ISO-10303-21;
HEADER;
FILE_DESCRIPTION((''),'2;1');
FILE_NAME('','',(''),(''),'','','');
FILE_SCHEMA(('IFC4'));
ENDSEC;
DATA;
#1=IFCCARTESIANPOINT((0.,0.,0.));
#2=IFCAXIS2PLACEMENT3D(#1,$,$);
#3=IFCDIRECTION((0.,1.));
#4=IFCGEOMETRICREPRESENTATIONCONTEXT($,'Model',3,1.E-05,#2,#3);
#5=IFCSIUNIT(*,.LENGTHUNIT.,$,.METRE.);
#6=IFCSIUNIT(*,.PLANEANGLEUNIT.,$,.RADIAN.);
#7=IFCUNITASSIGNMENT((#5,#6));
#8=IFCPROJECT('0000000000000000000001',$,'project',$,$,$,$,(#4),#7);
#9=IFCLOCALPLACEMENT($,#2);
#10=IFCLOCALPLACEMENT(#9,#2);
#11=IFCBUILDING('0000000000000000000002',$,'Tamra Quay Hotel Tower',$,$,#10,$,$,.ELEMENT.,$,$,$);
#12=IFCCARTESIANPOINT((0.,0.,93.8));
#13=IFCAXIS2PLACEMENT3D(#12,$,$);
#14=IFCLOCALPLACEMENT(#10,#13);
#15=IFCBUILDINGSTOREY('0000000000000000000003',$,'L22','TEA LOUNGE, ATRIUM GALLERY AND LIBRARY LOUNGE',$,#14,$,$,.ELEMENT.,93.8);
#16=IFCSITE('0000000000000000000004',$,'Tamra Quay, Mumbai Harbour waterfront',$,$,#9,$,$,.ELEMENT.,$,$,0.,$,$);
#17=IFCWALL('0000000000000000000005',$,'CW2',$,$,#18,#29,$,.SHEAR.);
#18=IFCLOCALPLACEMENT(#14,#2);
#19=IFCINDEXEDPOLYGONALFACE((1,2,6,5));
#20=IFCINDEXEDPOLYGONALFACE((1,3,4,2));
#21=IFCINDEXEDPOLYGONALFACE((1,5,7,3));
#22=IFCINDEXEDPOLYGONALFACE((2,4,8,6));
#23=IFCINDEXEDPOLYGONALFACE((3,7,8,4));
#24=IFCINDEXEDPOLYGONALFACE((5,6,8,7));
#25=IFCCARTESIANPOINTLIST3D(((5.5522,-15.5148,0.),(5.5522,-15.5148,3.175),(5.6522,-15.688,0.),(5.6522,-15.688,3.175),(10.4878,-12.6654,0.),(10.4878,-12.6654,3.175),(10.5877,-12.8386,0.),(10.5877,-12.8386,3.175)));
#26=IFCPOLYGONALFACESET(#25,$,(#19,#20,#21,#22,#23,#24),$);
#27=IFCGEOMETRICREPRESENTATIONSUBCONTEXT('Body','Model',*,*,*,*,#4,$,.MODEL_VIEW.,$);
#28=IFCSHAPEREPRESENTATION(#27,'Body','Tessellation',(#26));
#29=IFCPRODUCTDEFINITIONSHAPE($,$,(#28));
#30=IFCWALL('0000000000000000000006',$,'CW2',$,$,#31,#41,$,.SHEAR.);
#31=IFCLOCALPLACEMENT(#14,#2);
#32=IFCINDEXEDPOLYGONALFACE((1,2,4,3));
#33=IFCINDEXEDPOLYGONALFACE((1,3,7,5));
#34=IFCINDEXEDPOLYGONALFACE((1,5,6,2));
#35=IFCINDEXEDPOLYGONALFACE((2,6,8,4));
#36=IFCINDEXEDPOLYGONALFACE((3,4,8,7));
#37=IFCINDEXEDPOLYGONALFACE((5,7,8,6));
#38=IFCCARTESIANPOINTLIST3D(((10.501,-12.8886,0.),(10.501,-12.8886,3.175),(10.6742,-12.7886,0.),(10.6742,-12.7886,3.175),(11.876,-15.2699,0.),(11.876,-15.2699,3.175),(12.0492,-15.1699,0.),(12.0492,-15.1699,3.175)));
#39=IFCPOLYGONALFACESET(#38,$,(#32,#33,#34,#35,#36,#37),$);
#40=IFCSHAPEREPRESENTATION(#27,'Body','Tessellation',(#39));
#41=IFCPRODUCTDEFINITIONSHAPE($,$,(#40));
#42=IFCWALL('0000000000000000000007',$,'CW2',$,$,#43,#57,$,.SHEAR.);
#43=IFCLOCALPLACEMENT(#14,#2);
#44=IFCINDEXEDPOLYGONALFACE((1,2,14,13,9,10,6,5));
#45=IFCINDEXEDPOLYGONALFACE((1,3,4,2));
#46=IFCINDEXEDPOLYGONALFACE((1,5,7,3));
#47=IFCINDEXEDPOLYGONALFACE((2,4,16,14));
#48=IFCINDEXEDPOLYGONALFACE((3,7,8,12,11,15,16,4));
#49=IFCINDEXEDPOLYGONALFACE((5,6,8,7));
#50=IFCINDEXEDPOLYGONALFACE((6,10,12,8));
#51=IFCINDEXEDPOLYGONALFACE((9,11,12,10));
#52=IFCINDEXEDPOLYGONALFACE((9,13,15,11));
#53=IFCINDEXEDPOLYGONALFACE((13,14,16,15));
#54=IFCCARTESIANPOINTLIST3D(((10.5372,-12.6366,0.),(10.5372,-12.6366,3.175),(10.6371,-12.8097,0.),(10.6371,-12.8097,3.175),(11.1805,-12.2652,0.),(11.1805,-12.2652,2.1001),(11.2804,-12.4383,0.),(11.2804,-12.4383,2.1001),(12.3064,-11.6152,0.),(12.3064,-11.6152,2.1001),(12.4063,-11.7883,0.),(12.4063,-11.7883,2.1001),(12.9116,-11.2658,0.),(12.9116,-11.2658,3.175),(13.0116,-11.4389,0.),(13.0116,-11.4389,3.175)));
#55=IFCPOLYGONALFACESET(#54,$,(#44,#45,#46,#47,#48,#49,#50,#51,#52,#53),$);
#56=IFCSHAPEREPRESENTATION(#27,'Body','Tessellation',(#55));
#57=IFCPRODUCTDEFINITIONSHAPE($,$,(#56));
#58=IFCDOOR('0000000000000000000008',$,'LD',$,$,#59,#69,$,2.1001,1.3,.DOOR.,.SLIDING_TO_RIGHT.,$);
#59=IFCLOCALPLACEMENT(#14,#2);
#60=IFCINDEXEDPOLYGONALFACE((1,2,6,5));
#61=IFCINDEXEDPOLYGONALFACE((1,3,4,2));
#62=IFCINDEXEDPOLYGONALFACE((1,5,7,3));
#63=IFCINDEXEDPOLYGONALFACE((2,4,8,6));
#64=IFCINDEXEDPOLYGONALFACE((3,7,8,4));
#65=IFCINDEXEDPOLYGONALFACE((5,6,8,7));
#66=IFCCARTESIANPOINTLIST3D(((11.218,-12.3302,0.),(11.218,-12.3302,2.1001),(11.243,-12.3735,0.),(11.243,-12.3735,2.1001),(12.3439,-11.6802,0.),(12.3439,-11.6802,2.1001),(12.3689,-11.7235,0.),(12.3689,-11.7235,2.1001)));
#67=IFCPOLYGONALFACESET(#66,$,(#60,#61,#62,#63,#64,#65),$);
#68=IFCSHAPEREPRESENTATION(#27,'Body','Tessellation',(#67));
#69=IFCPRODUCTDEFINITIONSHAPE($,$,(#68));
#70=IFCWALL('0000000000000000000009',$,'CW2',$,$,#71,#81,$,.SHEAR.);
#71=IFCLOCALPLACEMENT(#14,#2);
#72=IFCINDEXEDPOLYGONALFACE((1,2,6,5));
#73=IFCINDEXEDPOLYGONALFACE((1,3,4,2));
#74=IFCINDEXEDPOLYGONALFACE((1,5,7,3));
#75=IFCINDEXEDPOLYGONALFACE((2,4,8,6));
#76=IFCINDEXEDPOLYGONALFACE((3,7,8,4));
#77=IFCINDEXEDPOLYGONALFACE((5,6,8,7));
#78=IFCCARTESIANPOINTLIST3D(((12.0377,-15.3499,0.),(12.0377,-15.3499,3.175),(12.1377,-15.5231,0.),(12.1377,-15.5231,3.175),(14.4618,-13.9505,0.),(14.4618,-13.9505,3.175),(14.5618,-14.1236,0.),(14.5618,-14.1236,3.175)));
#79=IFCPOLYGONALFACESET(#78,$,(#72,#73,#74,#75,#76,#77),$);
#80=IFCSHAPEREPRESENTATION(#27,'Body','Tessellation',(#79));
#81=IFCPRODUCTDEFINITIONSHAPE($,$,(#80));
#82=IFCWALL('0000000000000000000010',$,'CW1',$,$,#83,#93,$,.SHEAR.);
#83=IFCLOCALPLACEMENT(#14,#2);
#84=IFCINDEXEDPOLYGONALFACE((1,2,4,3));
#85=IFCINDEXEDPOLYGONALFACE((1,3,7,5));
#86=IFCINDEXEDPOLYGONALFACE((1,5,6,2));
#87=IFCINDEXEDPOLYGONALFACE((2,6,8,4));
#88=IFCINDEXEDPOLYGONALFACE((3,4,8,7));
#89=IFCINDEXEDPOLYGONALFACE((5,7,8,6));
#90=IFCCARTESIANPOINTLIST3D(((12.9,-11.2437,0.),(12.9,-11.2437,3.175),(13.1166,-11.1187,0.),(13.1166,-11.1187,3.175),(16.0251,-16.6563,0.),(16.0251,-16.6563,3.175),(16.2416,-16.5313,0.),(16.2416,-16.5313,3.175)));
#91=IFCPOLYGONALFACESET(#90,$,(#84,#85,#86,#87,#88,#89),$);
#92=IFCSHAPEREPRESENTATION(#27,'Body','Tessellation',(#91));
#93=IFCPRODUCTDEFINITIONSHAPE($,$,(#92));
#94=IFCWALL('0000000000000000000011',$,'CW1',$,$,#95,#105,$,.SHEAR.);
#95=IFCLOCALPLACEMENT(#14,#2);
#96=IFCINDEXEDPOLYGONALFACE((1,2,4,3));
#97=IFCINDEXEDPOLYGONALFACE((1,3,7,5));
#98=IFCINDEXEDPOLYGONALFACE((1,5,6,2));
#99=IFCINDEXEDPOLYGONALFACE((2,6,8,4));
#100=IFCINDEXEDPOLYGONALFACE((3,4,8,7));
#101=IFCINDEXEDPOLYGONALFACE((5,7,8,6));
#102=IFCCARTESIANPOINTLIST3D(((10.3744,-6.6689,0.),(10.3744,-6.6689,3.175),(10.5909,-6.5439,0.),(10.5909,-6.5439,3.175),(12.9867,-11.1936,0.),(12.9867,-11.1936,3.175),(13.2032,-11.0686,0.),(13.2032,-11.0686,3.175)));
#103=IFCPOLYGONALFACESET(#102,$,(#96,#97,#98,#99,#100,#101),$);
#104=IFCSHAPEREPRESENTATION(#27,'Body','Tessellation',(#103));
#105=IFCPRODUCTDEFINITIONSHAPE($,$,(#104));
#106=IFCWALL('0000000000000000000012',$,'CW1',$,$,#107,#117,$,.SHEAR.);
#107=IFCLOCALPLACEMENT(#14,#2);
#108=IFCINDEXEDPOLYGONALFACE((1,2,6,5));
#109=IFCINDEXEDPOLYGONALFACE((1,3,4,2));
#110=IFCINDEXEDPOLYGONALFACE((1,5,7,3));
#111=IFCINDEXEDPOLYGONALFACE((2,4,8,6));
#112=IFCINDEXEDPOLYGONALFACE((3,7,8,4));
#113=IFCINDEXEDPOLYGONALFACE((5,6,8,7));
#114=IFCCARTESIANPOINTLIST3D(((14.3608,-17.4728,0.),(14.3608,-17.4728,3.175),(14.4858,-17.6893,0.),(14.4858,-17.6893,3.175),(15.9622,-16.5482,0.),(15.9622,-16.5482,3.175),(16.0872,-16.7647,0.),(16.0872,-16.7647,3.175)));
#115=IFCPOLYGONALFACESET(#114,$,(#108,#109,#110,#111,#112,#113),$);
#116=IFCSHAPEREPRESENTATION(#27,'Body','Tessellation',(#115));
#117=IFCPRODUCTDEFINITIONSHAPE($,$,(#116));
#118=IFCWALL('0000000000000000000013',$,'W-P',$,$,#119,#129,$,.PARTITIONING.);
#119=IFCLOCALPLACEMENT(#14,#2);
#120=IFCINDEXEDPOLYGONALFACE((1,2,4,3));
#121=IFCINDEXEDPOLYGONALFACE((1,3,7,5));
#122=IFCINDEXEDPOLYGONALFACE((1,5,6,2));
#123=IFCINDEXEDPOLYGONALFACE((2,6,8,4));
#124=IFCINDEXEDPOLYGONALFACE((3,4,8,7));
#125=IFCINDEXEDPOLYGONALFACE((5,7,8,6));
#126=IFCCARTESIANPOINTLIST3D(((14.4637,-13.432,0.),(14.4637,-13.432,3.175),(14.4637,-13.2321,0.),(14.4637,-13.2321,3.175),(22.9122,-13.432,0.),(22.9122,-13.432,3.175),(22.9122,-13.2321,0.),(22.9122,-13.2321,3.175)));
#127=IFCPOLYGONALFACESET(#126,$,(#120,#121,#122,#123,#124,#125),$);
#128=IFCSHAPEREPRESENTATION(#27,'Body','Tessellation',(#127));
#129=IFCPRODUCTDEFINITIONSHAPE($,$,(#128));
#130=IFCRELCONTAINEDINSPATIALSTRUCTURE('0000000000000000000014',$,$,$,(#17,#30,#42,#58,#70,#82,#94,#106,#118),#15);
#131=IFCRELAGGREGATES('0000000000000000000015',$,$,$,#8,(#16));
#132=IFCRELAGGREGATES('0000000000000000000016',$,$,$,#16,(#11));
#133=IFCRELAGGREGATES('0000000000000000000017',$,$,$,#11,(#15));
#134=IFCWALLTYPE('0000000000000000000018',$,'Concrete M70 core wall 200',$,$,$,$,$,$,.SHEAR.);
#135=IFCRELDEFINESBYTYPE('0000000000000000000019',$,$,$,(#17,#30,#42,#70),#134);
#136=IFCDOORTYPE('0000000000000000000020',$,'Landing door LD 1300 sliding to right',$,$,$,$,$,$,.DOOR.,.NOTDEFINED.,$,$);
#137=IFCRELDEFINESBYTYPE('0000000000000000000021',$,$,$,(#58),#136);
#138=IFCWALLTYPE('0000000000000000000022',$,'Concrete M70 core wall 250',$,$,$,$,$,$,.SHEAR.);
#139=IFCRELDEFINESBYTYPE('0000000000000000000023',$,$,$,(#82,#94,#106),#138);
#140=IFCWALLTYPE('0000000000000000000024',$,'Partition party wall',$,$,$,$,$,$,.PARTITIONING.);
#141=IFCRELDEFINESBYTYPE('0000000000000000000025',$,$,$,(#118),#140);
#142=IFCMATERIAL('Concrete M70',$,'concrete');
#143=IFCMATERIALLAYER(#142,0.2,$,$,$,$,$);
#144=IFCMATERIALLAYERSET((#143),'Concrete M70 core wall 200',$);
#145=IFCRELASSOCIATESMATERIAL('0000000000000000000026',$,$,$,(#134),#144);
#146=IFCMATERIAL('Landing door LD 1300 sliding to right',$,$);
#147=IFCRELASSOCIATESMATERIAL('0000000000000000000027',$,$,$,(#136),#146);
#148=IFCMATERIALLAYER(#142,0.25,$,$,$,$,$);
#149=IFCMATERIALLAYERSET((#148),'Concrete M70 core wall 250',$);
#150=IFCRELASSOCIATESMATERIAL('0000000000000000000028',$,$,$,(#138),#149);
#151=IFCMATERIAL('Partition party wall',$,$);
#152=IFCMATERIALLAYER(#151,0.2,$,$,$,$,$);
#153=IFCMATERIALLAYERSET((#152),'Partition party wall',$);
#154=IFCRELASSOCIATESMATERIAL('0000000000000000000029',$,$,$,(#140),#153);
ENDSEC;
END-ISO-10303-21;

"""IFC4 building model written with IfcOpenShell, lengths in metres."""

from ifc_helpers import new_model, si_unit, direction, frame, frame_2d, origin, place, context, subcontext, project, spatial, rectangle, extrude, material, layer, layer_set, type_object, element, fill, save


model = new_model("IFC4")

# Units and contexts
model_context = context("Model", 3, precision=1e-05, world=origin(), true_north=direction((0.0, 1.0)))
body_context = subcontext(model_context, "Body", "Model", "MODEL_VIEW")
ifc_project = project(units=[si_unit("LENGTHUNIT", "METRE"), si_unit("PLANEANGLEUNIT", "RADIAN")], contexts=[model_context])

# Site, building, storey
site_placement = place(None, origin())
site = spatial("IfcSite", under=ifc_project, at=site_placement, Name="Tamra Quay, Mumbai Harbour waterfront", CompositionType="ELEMENT", RefElevation=0.0)
building_placement = place(site_placement, origin())
building = spatial("IfcBuilding", under=site, at=building_placement, Name="Tamra Quay Hotel Tower", CompositionType="ELEMENT")
storey_placement = place(building_placement, frame((0.0, 0.0, 93.8)))
storey = spatial("IfcBuildingStorey", under=building, at=storey_placement, Name="L22", Description="TEA LOUNGE, ATRIUM GALLERY AND LIBRARY LOUNGE", CompositionType="ELEMENT", Elevation=93.8)

# Shared definitions
ifc_material_1 = material(Name="Concrete M70", Category="concrete")

# Walls
ifc_layer_1 = layer(ifc_material_1, 0.2)
ifc_layer_set_1 = layer_set([ifc_layer_1], Name="Concrete M70 core wall 200")
wall_type_1 = type_object("IfcWallType", Name="Concrete M70 core wall 200", PredefinedType="SHEAR", material=ifc_layer_set_1)
wall_1_placement = place(storey_placement, frame((10.5378, -12.752, 0.0), z_axis=(0.0, 0.0, 1.0), x_axis=(-0.866039, -0.499977, 0.0)))
element("IfcWall", 1, at=wall_1_placement, inside=storey, type_object=wall_type_1, Name="CW2", PredefinedType="SHEAR", context=body_context, shape_type="SweptSolid", body=[
    extrude(rectangle(XDim=5.699, YDim=0.2, at=frame_2d((2.8496, 0.0))), origin(), (0.0, 0.0, 1.0), 3.175),
])
wall_2_placement = place(storey_placement, frame((11.9626, -15.22, 0.0), z_axis=(0.0, 0.0, 1.0), x_axis=(-0.500035, 0.866005, 0.0)))
element("IfcWall", 2, at=wall_2_placement, inside=storey, type_object=wall_type_1, Name="CW2", PredefinedType="SHEAR", context=body_context, shape_type="SweptSolid", body=[
    extrude(rectangle(XDim=2.7498, YDim=0.2, at=frame_2d((1.375, 0.0))), origin(), (0.0, 0.0, 1.0), 3.175),
])

# Wall, opening, door
wall_3_placement = place(storey_placement, frame((10.5872, -12.7231, 0.0), z_axis=(0.0, 0.0, 1.0), x_axis=(0.866037, 0.499979, 0.0)))
wall_3 = element("IfcWall", 3, at=wall_3_placement, inside=storey, type_object=wall_type_1, Name="CW2", PredefinedType="SHEAR", context=body_context, shape_type="SweptSolid", body=[
    extrude(rectangle(XDim=2.7417, YDim=0.2, at=frame_2d((1.3708, 0.0))), origin(), (0.0, 0.0, 1.0), 3.175),
])
opening_placement = place(wall_3_placement, frame((0.7429, 0.0, 0.0)))
opening = element("IfcOpeningElement", 4, at=opening_placement, cuts=wall_3, PredefinedType="OPENING", context=body_context, shape_type="SweptSolid", body=[
    extrude(rectangle(XDim=1.3, YDim=2.1001, at=frame_2d((0.6499, 1.05))), frame((0.0, 0.1099, 0.0), z_axis=(0.0, -1.0, 0.0), x_axis=(1.0, 0.0, 0.0)), (0.0, 0.0, 1.0), 0.22),
])
ifc_material_2 = material(Name="Landing door LD 1300 sliding to right")
door_type = type_object("IfcDoorType", Name="Landing door LD 1300 sliding to right", OperationType="NOTDEFINED", PredefinedType="DOOR", material=ifc_material_2)
door_placement = place(opening_placement, origin())
door = element("IfcDoor", 5, at=door_placement, inside=storey, type_object=door_type, Name="LD", OperationType="SLIDING_TO_RIGHT", OverallHeight=2.1001, OverallWidth=1.3, PredefinedType="DOOR", context=body_context, shape_type="SweptSolid", body=[
    extrude(rectangle(XDim=1.3, YDim=2.1001, at=frame_2d((0.6499, 1.05))), frame((0.0, 0.0249, 0.0), z_axis=(0.0, -1.0, 0.0), x_axis=(1.0, 0.0, 0.0)), (0.0, 0.0, 1.0), 0.05),
])
fill(opening, door)

# Walls
wall_4_placement = place(storey_placement, frame((14.5117, -14.0371, 0.0), z_axis=(0.0, 0.0, 1.0), x_axis=(-0.866045, -0.499967, 0.0)))
element("IfcWall", 6, at=wall_4_placement, inside=storey, type_object=wall_type_1, Name="CW2", PredefinedType="SHEAR", context=body_context, shape_type="SweptSolid", body=[
    extrude(rectangle(XDim=2.7991, YDim=0.2, at=frame_2d((1.3994, 0.0))), origin(), (0.0, 0.0, 1.0), 3.175),
])
ifc_layer_2 = layer(ifc_material_1, 0.25)
ifc_layer_set_2 = layer_set([ifc_layer_2], Name="Concrete M70 core wall 250")
wall_type_2 = type_object("IfcWallType", Name="Concrete M70 core wall 250", PredefinedType="SHEAR", material=ifc_layer_set_2)
wall_5_placement = place(storey_placement, frame((13.0083, -11.1812, 0.0), z_axis=(0.0, 0.0, 1.0), x_axis=(0.500004, -0.866023, 0.0)))
element("IfcWall", 7, at=wall_5_placement, inside=storey, type_object=wall_type_2, Name="CW1", PredefinedType="SHEAR", context=body_context, shape_type="SweptSolid", body=[
    extrude(rectangle(XDim=6.25, YDim=0.25, at=frame_2d((3.125, 0.0))), origin(), (0.0, 0.0, 1.0), 3.175),
])
wall_6_placement = place(storey_placement, frame((10.4827, -6.6064, 0.0), z_axis=(0.0, 0.0, 1.0), x_axis=(0.499999, -0.866026, 0.0)))
element("IfcWall", 8, at=wall_6_placement, inside=storey, type_object=wall_type_2, Name="CW1", PredefinedType="SHEAR", context=body_context, shape_type="SweptSolid", body=[
    extrude(rectangle(XDim=5.2246, YDim=0.25, at=frame_2d((2.6123, 0.0))), origin(), (0.0, 0.0, 1.0), 3.175),
])
wall_7_placement = place(storey_placement, frame((16.0247, -16.6565, 0.0), z_axis=(0.0, 0.0, 1.0), x_axis=(-0.866016, -0.500016, 0.0)))
element("IfcWall", 9, at=wall_7_placement, inside=storey, type_object=wall_type_2, Name="CW1", PredefinedType="SHEAR", context=body_context, shape_type="SweptSolid", body=[
    extrude(rectangle(XDim=1.8491, YDim=0.25, at=frame_2d((0.9246, 0.0))), origin(), (0.0, 0.0, 1.0), 3.175),
])
ifc_material_3 = material(Name="Partition party wall")
ifc_layer_3 = layer(ifc_material_3, 0.2)
ifc_layer_set_3 = layer_set([ifc_layer_3], Name="Partition party wall")
wall_type_3 = type_object("IfcWallType", Name="Partition party wall", PredefinedType="PARTITIONING", material=ifc_layer_set_3)
wall_8_placement = place(storey_placement, frame((14.4639, -13.332, 0.0), z_axis=(0.0, 0.0, 1.0), x_axis=(1.0, 0.0, 0.0)))
element("IfcWall", 10, at=wall_8_placement, inside=storey, type_object=wall_type_3, Name="W-P", PredefinedType="PARTITIONING", context=body_context, shape_type="SweptSolid", body=[
    extrude(rectangle(XDim=8.4485, YDim=0.2, at=frame_2d((4.2241, 0.0))), origin(), (0.0, 0.0, 1.0), 3.175),
])

save(model, "model.ifc")
